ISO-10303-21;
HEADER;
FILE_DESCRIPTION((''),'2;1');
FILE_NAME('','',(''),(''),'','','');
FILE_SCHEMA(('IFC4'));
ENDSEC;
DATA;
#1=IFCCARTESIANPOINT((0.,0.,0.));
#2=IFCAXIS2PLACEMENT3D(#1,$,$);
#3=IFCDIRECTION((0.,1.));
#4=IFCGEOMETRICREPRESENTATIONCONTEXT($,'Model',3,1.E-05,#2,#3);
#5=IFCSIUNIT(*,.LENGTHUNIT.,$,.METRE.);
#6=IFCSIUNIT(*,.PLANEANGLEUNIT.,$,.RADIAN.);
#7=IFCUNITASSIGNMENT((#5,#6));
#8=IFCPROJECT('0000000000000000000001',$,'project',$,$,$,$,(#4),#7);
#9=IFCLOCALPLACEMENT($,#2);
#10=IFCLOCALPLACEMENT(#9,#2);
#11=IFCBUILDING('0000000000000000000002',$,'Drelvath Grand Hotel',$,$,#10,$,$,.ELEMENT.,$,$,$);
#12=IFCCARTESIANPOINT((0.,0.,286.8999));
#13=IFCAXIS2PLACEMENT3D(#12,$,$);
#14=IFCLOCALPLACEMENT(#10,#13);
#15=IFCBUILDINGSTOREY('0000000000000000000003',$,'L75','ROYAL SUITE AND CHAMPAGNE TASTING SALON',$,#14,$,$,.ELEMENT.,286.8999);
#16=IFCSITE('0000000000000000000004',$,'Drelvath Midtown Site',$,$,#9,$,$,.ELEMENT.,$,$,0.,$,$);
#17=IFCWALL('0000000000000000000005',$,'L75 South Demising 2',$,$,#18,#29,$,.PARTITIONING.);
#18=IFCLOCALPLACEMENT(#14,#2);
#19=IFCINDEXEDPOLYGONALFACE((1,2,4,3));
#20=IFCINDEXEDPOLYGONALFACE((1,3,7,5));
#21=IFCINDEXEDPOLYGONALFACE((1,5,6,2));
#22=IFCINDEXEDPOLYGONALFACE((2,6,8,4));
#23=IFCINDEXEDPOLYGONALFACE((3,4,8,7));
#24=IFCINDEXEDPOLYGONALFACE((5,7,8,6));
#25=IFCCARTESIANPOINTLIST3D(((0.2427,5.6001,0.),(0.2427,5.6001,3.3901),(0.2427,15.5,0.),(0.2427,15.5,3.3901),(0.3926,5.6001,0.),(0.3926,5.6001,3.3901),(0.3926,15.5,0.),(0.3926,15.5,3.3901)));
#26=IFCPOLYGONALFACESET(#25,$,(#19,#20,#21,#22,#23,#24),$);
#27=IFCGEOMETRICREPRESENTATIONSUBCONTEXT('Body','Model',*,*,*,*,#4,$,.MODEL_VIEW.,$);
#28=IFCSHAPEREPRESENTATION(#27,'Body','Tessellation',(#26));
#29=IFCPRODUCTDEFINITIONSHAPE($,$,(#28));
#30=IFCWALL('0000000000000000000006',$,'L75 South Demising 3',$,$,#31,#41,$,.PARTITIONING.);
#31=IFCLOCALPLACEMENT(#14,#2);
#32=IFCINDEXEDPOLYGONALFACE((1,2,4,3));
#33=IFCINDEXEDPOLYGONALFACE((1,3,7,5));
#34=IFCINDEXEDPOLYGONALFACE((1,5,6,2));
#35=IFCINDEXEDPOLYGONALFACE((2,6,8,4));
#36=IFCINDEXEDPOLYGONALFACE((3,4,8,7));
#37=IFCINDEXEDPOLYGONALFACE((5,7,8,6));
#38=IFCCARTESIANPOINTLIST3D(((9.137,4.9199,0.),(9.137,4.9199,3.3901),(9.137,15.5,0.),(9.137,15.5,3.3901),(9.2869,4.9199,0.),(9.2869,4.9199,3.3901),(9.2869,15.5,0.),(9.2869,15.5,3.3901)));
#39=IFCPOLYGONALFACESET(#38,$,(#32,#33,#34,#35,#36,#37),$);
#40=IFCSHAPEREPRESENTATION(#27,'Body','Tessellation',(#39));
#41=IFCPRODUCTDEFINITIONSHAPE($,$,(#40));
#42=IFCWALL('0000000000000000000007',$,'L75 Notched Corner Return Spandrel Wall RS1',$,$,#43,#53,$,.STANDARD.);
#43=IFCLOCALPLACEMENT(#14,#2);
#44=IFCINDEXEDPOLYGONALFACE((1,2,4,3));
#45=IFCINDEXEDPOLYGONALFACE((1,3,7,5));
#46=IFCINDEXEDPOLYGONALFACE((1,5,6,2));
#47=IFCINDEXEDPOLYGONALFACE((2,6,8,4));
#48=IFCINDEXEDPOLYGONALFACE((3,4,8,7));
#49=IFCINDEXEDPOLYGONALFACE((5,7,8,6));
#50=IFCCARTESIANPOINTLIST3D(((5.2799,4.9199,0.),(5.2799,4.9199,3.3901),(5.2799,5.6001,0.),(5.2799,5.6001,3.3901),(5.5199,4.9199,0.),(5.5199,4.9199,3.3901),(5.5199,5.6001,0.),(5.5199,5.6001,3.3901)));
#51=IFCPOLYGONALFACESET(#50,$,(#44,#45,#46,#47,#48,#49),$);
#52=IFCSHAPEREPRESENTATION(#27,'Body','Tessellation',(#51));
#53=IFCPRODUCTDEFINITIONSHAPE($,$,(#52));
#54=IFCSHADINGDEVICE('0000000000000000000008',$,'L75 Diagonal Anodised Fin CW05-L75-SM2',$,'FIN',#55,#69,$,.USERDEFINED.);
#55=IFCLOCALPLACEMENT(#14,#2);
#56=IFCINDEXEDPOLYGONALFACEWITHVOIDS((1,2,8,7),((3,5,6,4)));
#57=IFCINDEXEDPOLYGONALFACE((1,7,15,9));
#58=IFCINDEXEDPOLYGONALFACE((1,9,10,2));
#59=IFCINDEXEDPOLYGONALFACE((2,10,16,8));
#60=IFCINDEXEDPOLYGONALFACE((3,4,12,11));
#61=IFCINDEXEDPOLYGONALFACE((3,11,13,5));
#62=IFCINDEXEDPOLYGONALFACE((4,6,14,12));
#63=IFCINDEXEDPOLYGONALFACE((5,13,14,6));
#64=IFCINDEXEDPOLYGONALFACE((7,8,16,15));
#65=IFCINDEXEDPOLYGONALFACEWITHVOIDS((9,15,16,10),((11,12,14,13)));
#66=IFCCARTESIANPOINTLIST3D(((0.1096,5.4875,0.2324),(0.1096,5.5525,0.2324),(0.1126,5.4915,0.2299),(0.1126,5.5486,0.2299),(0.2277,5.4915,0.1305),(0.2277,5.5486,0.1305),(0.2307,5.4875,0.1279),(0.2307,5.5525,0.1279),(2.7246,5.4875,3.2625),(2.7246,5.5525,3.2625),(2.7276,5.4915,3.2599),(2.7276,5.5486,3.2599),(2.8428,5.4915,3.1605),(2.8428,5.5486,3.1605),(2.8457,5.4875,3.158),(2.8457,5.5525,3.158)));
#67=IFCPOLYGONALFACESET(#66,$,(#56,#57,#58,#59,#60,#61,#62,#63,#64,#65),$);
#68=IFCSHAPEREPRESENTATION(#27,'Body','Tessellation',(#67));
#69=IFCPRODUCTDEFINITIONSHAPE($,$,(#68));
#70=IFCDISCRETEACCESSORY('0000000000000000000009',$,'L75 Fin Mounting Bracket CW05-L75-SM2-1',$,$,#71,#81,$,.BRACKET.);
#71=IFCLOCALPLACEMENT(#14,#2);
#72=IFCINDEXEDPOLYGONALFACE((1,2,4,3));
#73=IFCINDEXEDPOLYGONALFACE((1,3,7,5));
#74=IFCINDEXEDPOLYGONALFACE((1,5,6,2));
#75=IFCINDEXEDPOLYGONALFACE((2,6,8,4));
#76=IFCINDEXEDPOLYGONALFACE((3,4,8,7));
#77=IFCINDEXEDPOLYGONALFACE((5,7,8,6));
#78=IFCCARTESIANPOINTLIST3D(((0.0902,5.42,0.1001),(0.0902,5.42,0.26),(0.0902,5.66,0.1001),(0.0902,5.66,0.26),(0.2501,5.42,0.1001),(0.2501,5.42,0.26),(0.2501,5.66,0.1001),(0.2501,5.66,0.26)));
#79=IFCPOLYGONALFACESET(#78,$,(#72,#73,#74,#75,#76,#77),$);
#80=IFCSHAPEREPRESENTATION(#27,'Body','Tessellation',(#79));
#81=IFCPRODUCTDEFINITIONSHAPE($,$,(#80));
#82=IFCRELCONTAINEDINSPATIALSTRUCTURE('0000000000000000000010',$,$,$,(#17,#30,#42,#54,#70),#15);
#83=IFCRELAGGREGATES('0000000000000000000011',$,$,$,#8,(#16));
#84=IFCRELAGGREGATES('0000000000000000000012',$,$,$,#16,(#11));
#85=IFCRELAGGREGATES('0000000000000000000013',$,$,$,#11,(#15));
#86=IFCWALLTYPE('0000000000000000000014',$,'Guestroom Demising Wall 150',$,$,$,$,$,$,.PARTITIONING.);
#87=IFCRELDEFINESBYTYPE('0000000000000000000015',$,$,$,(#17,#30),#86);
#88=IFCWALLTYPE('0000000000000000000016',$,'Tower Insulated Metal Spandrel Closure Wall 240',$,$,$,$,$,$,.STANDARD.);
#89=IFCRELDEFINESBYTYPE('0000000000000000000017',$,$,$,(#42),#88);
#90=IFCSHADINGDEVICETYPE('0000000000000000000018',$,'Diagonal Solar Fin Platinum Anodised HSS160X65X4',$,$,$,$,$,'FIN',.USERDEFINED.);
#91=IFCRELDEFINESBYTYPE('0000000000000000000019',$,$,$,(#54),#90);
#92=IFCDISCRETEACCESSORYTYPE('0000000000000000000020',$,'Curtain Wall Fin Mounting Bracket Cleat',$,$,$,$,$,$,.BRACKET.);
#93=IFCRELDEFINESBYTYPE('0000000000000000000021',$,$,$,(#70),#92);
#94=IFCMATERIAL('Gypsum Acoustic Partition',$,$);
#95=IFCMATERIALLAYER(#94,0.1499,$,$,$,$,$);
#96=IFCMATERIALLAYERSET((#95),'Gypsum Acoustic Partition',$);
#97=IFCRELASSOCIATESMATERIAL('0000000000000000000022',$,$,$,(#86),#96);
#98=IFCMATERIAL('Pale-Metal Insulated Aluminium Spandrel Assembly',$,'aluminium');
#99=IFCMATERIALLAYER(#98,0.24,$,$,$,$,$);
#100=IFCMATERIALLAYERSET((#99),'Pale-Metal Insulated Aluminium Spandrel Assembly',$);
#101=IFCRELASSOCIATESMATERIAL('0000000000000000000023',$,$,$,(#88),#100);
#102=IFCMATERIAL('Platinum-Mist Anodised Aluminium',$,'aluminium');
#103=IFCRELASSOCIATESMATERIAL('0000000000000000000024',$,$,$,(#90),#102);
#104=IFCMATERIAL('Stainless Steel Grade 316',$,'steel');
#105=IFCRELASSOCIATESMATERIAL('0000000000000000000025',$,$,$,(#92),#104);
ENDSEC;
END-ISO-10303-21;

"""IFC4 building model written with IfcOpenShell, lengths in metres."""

from ifc_helpers import new_model, si_unit, direction, frame, frame_2d, origin, origin_2d, place, context, subcontext, project, spatial, rectangle, hollow_rectangle, extrude, material, layer, layer_set, material_profile, profile_set, type_object, element, save


model = new_model("IFC4")

# Units and contexts
model_context = context("Model", 3, precision=1e-05, world=origin(), true_north=direction((0.0, 1.0)))
body_context = subcontext(model_context, "Body", "Model", "MODEL_VIEW")
ifc_project = project(units=[si_unit("LENGTHUNIT", "METRE"), si_unit("PLANEANGLEUNIT", "RADIAN")], contexts=[model_context])

# Site, building, storey
site_placement = place(None, origin())
site = spatial("IfcSite", under=ifc_project, at=site_placement, Name="Drelvath Midtown Site", CompositionType="ELEMENT", RefElevation=0.0)
building_placement = place(site_placement, origin())
building = spatial("IfcBuilding", under=site, at=building_placement, Name="Drelvath Grand Hotel", CompositionType="ELEMENT")
storey_placement = place(building_placement, frame((0.0, 0.0, 286.8999)))
storey = spatial("IfcBuildingStorey", under=building, at=storey_placement, Name="L75", Description="ROYAL SUITE AND CHAMPAGNE TASTING SALON", CompositionType="ELEMENT", Elevation=286.8999)

# Walls
ifc_material_1 = material(Name="Gypsum Acoustic Partition")
ifc_layer_1 = layer(ifc_material_1, 0.1499)
ifc_layer_set_1 = layer_set([ifc_layer_1], Name="Gypsum Acoustic Partition")
wall_type_1 = type_object("IfcWallType", Name="Guestroom Demising Wall 150", PredefinedType="PARTITIONING", material=ifc_layer_set_1)
wall_1_placement = place(storey_placement, frame((0.3176, 5.6001, 0.0), z_axis=(0.0, 0.0, 1.0), x_axis=(0.0, 1.0, 0.0)))
element("IfcWall", 1, at=wall_1_placement, inside=storey, type_object=wall_type_1, Name="L75 South Demising 2", PredefinedType="PARTITIONING", context=body_context, shape_type="SweptSolid", body=[
    extrude(rectangle(XDim=9.8999, YDim=0.1499, at=frame_2d((4.95, 0.0))), origin(), (0.0, 0.0, 1.0), 3.3901),
])
wall_2_placement = place(storey_placement, frame((9.2119, 4.9199, 0.0), z_axis=(0.0, 0.0, 1.0), x_axis=(0.0, 1.0, 0.0)))
element("IfcWall", 2, at=wall_2_placement, inside=storey, type_object=wall_type_1, Name="L75 South Demising 3", PredefinedType="PARTITIONING", context=body_context, shape_type="SweptSolid", body=[
    extrude(rectangle(XDim=10.5801, YDim=0.1499, at=frame_2d((5.29, 0.0))), origin(), (0.0, 0.0, 1.0), 3.3901),
])
ifc_material_2 = material(Name="Pale-Metal Insulated Aluminium Spandrel Assembly", Category="aluminium")
ifc_layer_2 = layer(ifc_material_2, 0.24)
ifc_layer_set_2 = layer_set([ifc_layer_2], Name="Pale-Metal Insulated Aluminium Spandrel Assembly")
wall_type_2 = type_object("IfcWallType", Name="Tower Insulated Metal Spandrel Closure Wall 240", PredefinedType="STANDARD", material=ifc_layer_set_2)
wall_3_placement = place(storey_placement, frame((5.3999, 4.9199, 0.0), z_axis=(0.0, 0.0, 1.0), x_axis=(0.0, 1.0, 0.0)))
element("IfcWall", 3, at=wall_3_placement, inside=storey, type_object=wall_type_2, Name="L75 Notched Corner Return Spandrel Wall RS1", PredefinedType="STANDARD", context=body_context, shape_type="SweptSolid", body=[
    extrude(rectangle(XDim=0.6802, YDim=0.24, at=frame_2d((0.3401, 0.0))), origin(), (0.0, 0.0, 1.0), 3.3901),
])

# Shading device
ifc_material_3 = material(Name="Platinum-Mist Anodised Aluminium", Category="aluminium")
ifc_material_profile_1 = material_profile(ifc_material_3, hollow_rectangle(XDim=0.0649, YDim=0.1599, WallThickness=0.0039, at=origin_2d()), Name="HSS160X65X4")
ifc_profile_set_1 = profile_set([ifc_material_profile_1], Name="Platinum-Mist Anodised Aluminium")
shading_device_type = type_object("IfcShadingDeviceType", Name="Diagonal Solar Fin Platinum Anodised HSS160X65X4", ElementType="FIN", PredefinedType="USERDEFINED", material=ifc_profile_set_1)
shading_device_placement = place(storey_placement, frame((0.1702, 5.52, 0.1802), z_axis=(0.653355, 0.0, 0.757052), x_axis=(0.0, 1.0, 0.0)))
element("IfcShadingDevice", 4, at=shading_device_placement, inside=storey, type_object=shading_device_type, Name="L75 Diagonal Anodised Fin CW05-L75-SM2", ObjectType="FIN", PredefinedType="USERDEFINED", context=body_context, shape_type="SweptSolid", body=[
    extrude(hollow_rectangle(XDim=0.0649, YDim=0.1599, WallThickness=0.0039, at=origin_2d()), origin(), (0.0, 0.0, 1.0), 4.0024),
])

# Discrete accessory
ifc_material_4 = material(Name="Stainless Steel Grade 316", Category="steel")
discrete_accessory_type = type_object("IfcDiscreteAccessoryType", Name="Curtain Wall Fin Mounting Bracket Cleat", PredefinedType="BRACKET", material=ifc_material_4)
discrete_accessory_placement = place(storey_placement, frame((0.1702, 5.54, 0.1001), z_axis=(0.0, 0.0, 1.0), x_axis=(-1.0, 0.0, 0.0)))
element("IfcDiscreteAccessory", 5, at=discrete_accessory_placement, inside=storey, type_object=discrete_accessory_type, Name="L75 Fin Mounting Bracket CW05-L75-SM2-1", PredefinedType="BRACKET", context=body_context, shape_type="SweptSolid", body=[
    extrude(rectangle(XDim=0.1599, YDim=0.24, at=origin_2d()), origin(), (0.0, 0.0, 1.0), 0.1599),
])

save(model, "model.ifc")
